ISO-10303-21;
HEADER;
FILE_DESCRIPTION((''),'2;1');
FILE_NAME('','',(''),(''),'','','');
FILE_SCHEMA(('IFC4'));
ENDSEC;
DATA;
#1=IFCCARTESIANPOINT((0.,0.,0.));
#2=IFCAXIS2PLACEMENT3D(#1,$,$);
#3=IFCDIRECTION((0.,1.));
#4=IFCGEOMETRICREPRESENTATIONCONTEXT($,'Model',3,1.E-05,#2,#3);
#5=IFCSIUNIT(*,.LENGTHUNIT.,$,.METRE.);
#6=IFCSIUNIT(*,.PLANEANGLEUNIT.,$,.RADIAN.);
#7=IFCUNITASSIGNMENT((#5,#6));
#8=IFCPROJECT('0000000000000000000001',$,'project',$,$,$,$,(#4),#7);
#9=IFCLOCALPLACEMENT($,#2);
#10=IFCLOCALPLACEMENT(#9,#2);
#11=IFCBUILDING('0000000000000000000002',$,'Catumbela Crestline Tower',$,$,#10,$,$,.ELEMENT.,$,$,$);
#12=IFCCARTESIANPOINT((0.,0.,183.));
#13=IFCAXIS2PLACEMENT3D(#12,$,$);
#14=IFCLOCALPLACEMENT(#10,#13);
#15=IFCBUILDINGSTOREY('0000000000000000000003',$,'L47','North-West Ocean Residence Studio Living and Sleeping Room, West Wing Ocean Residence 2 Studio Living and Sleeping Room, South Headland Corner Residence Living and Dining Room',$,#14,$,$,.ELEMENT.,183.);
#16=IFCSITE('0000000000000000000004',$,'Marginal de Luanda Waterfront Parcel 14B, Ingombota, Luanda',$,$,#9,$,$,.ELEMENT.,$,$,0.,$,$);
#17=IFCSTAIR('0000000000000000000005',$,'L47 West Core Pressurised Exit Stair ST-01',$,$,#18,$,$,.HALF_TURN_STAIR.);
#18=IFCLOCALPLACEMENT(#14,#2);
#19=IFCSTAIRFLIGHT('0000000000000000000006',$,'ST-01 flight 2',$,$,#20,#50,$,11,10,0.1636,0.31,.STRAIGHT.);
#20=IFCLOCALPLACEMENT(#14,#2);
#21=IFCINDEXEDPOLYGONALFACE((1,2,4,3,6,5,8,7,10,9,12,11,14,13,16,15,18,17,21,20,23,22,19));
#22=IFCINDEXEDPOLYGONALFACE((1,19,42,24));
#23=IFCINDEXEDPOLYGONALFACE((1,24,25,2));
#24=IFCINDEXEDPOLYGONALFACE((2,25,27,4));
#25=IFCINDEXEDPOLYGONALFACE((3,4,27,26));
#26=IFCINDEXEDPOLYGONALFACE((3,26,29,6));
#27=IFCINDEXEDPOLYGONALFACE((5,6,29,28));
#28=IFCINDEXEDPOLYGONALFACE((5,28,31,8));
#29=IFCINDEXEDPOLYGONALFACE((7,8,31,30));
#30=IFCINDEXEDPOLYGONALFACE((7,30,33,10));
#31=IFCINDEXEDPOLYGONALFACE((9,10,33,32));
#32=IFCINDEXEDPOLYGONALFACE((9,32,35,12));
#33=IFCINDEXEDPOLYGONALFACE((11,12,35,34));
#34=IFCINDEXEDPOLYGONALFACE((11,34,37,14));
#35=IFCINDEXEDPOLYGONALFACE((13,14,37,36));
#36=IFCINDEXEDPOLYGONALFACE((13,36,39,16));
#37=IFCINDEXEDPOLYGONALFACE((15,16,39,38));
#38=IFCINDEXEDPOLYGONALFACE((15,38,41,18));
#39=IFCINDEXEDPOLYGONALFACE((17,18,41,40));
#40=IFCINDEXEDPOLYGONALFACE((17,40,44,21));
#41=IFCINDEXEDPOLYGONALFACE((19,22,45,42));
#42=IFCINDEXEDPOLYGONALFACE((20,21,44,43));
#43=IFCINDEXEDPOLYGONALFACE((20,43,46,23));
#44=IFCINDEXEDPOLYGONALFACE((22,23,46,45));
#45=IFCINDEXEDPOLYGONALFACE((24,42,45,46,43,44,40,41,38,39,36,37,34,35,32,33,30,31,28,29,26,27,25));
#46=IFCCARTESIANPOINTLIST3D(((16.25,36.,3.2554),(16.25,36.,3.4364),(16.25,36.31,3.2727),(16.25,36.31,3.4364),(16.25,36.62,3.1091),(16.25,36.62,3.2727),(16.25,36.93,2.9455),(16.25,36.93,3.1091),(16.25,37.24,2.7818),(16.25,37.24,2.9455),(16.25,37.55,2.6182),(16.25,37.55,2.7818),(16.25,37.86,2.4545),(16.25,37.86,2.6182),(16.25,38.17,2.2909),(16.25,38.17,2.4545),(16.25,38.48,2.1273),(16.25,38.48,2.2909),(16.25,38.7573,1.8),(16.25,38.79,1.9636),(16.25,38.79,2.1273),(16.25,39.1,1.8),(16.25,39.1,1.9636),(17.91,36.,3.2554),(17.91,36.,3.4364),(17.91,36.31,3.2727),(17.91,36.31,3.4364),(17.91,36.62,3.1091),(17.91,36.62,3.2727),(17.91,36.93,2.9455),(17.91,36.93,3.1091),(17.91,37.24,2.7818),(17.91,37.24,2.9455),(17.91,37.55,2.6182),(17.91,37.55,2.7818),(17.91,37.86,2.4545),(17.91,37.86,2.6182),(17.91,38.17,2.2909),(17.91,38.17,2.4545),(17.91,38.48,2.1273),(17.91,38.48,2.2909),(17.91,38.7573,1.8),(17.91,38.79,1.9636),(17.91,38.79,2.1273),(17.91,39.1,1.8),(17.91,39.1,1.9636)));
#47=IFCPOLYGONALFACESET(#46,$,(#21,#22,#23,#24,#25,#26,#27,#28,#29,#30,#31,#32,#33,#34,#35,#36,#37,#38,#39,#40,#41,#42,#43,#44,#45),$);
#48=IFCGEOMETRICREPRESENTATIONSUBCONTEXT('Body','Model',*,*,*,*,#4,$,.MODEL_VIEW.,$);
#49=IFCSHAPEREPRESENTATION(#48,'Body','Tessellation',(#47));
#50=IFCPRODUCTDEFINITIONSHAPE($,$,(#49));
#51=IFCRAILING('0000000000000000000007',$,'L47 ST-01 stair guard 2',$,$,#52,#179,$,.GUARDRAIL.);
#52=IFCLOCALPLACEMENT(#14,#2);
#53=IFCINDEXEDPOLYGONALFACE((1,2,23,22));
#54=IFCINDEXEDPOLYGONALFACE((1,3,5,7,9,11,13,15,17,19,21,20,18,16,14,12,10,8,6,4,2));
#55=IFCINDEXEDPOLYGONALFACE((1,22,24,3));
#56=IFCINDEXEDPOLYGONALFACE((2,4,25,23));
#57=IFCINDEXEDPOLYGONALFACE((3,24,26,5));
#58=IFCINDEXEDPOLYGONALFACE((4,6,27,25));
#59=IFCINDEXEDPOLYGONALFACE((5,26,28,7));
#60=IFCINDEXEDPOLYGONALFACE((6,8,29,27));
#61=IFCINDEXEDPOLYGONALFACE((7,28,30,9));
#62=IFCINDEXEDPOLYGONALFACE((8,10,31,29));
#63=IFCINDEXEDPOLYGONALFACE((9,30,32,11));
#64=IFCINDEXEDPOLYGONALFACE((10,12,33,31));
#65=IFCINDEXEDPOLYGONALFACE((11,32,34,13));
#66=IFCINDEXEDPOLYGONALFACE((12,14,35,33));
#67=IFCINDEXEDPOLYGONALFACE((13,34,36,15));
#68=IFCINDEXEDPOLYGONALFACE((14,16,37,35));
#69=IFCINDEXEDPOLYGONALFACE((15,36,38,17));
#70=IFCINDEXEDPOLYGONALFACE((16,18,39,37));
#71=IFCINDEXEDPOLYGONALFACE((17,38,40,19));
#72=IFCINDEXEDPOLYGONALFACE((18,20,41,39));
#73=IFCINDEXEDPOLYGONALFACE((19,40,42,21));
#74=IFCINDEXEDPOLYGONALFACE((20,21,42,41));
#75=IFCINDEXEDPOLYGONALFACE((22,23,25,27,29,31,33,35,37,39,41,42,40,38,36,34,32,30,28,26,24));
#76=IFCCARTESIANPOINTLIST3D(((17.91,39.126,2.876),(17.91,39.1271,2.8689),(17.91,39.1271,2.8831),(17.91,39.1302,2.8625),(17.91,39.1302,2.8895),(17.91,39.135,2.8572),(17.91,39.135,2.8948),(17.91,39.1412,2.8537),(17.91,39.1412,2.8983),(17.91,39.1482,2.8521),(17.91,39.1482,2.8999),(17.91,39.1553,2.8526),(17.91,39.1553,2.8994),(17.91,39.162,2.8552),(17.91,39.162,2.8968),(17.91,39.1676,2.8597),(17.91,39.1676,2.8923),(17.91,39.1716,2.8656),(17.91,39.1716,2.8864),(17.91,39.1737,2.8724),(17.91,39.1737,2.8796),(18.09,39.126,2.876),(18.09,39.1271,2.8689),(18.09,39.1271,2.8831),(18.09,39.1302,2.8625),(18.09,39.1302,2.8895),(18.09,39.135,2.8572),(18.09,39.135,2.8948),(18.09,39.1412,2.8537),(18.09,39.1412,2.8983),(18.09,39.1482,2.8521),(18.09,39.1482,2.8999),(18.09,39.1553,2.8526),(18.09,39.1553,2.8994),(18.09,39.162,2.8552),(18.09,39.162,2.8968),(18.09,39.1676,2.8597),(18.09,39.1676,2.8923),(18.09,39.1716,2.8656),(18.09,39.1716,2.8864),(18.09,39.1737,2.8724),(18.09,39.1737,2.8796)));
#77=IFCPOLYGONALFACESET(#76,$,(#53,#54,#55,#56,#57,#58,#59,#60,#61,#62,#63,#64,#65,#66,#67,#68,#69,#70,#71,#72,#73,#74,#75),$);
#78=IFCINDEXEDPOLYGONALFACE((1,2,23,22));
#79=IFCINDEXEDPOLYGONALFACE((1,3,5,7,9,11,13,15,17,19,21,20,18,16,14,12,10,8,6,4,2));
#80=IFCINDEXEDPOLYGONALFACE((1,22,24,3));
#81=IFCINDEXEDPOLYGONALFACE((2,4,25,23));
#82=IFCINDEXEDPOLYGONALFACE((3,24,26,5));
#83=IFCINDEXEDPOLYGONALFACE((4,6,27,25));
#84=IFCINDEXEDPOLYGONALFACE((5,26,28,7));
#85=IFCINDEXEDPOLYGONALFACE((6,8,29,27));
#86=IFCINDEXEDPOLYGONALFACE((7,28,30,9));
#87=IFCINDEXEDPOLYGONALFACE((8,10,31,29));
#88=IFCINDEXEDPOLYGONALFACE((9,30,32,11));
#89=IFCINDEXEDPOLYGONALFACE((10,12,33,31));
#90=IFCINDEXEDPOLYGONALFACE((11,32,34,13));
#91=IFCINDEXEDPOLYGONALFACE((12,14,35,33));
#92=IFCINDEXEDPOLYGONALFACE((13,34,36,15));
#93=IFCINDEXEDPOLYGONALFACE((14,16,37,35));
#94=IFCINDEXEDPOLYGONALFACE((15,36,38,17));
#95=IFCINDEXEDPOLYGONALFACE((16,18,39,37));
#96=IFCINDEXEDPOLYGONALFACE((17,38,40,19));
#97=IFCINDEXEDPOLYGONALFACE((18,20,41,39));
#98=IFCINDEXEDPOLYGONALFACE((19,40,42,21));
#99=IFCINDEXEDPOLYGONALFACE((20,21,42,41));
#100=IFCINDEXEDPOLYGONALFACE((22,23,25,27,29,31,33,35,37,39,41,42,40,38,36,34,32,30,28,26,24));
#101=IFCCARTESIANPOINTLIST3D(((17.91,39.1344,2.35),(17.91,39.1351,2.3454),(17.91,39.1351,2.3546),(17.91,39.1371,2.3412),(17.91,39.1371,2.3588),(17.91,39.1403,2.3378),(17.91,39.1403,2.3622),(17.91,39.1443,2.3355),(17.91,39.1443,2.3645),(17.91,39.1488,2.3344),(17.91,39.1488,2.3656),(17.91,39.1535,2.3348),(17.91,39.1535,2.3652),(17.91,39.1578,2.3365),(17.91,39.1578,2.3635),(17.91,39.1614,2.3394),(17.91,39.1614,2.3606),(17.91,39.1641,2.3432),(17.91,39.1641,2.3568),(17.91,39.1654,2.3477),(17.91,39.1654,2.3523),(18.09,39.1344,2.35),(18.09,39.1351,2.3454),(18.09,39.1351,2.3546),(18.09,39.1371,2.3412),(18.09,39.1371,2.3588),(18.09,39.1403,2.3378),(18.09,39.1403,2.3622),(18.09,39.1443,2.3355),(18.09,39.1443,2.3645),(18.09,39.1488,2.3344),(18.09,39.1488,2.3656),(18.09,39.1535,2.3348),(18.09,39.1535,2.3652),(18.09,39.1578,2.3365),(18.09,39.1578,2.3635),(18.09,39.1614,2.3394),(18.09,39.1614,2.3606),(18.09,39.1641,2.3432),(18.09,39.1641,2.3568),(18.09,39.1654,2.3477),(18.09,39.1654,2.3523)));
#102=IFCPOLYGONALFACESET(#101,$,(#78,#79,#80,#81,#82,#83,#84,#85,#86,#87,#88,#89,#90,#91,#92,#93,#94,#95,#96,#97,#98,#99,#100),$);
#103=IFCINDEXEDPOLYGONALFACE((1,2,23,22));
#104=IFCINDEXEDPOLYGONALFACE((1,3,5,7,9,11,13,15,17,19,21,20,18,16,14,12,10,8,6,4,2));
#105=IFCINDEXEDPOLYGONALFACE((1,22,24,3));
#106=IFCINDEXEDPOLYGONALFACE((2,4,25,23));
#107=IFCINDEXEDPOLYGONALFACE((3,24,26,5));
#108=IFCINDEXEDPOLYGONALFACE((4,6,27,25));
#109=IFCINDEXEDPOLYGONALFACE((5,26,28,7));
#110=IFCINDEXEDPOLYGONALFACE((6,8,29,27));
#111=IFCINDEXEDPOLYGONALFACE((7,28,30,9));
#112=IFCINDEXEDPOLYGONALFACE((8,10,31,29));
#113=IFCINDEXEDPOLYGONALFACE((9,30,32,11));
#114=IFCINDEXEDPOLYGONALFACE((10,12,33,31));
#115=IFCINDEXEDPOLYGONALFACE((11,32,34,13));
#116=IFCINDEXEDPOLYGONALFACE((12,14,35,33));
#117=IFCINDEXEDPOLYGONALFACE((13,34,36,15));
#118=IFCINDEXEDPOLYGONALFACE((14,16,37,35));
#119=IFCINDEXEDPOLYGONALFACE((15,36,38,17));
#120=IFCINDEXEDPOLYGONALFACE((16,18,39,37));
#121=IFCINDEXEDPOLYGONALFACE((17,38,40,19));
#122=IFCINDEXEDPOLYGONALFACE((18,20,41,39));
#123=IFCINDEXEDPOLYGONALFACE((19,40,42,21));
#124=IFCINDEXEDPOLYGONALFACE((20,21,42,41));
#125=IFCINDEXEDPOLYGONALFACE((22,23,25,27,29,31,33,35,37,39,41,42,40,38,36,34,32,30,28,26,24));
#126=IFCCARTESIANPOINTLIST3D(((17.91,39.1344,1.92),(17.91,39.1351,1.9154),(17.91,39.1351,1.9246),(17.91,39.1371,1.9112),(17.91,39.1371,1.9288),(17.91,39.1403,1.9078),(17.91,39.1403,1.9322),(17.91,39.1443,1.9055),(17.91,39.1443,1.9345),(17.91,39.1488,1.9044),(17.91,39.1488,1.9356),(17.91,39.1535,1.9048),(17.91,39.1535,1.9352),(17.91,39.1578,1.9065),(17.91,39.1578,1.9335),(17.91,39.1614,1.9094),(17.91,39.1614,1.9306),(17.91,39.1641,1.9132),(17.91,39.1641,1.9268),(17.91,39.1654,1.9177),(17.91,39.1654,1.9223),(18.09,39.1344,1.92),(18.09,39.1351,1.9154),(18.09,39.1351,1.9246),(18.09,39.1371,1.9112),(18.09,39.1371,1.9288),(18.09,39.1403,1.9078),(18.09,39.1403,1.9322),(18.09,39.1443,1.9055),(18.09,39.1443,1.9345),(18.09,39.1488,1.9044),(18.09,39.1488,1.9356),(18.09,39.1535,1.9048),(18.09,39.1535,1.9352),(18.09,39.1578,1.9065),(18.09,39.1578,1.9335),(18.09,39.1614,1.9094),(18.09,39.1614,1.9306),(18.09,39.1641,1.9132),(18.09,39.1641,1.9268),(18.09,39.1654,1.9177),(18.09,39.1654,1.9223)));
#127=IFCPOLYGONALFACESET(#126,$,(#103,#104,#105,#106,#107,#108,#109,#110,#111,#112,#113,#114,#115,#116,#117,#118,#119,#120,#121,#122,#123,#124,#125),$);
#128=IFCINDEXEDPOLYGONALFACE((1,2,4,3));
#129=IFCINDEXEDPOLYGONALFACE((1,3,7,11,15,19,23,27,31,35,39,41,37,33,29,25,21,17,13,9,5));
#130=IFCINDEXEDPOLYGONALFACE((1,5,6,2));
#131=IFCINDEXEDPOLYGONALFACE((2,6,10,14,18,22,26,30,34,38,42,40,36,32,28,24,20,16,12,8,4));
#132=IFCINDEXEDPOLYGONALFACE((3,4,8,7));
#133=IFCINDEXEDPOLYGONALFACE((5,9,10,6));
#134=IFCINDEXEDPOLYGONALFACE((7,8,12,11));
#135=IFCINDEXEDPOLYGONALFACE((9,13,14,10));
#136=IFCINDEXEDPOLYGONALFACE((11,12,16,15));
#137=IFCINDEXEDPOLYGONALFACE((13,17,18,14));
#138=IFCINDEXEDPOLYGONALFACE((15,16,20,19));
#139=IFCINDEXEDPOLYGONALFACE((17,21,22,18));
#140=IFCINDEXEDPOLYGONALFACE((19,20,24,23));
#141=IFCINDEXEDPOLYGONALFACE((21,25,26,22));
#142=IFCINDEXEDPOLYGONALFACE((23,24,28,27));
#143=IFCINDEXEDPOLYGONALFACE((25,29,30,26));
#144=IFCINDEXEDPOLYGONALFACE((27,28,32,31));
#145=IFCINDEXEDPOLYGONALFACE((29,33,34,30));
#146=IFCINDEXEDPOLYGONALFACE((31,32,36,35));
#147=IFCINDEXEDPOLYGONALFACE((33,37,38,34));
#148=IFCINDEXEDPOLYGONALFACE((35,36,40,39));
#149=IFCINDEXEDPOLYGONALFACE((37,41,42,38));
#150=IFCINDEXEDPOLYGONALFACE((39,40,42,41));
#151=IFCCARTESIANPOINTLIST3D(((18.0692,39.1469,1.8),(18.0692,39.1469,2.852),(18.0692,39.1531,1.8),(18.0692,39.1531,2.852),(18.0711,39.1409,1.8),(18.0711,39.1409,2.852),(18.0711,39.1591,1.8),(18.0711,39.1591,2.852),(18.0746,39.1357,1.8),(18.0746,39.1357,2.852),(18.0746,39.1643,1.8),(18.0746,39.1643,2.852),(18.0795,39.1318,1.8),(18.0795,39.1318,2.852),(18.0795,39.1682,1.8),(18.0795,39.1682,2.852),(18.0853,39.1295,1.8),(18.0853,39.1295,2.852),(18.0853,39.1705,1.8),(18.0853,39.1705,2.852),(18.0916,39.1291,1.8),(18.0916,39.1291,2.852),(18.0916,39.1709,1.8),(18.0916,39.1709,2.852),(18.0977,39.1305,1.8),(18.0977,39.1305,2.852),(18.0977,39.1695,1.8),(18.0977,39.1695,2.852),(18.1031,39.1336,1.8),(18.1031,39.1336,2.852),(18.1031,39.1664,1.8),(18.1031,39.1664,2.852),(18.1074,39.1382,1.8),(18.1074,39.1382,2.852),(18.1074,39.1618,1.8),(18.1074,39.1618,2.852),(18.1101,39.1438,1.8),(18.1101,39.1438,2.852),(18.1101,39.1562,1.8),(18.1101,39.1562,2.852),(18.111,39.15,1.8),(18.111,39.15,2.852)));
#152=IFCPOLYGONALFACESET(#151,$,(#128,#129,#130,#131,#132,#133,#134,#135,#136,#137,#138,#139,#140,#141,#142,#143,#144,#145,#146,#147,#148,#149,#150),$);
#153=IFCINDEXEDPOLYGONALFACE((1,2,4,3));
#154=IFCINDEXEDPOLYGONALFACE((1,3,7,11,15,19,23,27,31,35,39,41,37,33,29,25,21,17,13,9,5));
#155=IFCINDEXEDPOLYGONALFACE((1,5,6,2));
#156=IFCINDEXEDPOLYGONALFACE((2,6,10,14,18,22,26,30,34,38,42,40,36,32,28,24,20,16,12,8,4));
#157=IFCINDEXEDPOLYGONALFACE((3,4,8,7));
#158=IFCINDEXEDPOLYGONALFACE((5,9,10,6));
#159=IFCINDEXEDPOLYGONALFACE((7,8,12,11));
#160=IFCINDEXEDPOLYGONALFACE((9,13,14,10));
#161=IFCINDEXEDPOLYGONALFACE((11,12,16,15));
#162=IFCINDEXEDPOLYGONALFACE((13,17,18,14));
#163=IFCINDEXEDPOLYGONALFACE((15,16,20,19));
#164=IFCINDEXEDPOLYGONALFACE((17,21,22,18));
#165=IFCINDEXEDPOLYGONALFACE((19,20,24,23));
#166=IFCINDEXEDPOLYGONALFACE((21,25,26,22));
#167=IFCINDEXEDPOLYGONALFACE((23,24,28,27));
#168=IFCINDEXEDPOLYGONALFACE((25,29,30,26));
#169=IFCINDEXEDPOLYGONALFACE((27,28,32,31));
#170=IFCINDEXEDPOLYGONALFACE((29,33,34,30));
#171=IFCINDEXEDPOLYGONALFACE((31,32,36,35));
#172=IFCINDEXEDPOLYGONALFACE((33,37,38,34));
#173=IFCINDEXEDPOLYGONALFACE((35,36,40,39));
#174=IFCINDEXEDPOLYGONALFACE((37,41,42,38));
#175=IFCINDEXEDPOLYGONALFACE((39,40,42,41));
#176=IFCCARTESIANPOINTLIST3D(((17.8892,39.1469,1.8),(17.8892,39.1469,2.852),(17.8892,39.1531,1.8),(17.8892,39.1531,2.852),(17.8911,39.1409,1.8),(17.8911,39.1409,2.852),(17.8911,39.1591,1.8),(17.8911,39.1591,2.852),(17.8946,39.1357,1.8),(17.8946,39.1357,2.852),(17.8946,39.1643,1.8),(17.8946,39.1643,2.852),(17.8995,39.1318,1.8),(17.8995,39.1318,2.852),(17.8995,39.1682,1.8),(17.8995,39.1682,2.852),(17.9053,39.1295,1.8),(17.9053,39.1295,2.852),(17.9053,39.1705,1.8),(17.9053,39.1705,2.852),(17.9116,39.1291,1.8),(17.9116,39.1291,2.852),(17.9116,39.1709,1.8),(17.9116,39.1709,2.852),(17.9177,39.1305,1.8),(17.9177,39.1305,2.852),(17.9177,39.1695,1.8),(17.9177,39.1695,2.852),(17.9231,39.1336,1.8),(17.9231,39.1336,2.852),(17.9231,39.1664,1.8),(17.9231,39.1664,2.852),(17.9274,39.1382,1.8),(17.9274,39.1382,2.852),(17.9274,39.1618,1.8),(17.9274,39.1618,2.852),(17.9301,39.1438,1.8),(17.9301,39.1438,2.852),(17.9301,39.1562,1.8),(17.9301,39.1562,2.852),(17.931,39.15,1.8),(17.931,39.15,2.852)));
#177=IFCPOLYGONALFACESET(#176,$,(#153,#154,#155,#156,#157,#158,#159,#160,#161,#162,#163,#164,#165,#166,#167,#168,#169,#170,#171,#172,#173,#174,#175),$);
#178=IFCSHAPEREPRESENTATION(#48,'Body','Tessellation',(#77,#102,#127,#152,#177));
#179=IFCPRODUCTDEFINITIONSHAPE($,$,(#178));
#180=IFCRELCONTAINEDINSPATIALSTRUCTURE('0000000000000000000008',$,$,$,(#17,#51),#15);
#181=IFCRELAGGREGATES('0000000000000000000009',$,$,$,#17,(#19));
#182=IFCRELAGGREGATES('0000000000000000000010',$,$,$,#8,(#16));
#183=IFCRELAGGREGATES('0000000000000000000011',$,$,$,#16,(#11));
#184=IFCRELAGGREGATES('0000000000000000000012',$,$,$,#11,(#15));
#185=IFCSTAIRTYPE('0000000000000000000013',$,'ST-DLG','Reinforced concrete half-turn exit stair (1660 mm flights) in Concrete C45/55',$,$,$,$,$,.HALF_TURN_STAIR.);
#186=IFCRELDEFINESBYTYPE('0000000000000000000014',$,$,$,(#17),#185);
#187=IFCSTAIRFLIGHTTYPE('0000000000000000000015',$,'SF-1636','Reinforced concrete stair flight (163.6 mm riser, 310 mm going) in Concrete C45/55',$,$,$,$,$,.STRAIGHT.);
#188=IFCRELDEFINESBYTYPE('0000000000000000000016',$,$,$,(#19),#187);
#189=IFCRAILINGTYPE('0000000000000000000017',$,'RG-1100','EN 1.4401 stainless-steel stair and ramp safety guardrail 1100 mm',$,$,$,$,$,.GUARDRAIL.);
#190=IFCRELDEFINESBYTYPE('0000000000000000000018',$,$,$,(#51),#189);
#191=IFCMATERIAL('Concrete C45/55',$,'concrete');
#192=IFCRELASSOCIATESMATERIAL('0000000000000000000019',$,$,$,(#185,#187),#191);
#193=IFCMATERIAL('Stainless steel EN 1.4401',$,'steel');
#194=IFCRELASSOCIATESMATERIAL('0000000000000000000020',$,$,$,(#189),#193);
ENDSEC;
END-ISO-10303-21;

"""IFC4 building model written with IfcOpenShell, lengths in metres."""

from ifc_helpers import new_model, si_unit, direction, frame, origin, origin_2d, place, context, subcontext, project, spatial, polyline, circle, outline, extrude, material, type_object, element, aggregate, save


model = new_model("IFC4")

# Units and contexts
model_context = context("Model", 3, precision=1e-05, world=origin(), true_north=direction((0.0, 1.0)))
body_context = subcontext(model_context, "Body", "Model", "MODEL_VIEW")
ifc_project = project(units=[si_unit("LENGTHUNIT", "METRE"), si_unit("PLANEANGLEUNIT", "RADIAN")], contexts=[model_context])

# Site, building, storey
site_placement = place(None, origin())
site = spatial("IfcSite", under=ifc_project, at=site_placement, Name="Marginal de Luanda Waterfront Parcel 14B, Ingombota, Luanda", CompositionType="ELEMENT", RefElevation=0.0)
building_placement = place(site_placement, origin())
building = spatial("IfcBuilding", under=site, at=building_placement, Name="Catumbela Crestline Tower", CompositionType="ELEMENT")
storey_placement = place(building_placement, frame((0.0, 0.0, 183.0)))
storey = spatial("IfcBuildingStorey", under=building, at=storey_placement, Name="L47", Description="North-West Ocean Residence Studio Living and Sleeping Room, West Wing Ocean Residence 2 Studio Living and Sleeping Room, South Headland Corner Residence Living and Dining Room", CompositionType="ELEMENT", Elevation=183.0)

# Stair, stair flight
ifc_material_1 = material(Name="Concrete C45/55", Category="concrete")
stair_type = type_object("IfcStairType", Name="ST-DLG", Description="Reinforced concrete half-turn exit stair (1660 mm flights) in Concrete C45/55", PredefinedType="HALF_TURN_STAIR", material=ifc_material_1)
stair_placement = place(storey_placement, origin())
stair = element("IfcStair", 1, at=stair_placement, inside=storey, type_object=stair_type, Name="L47 West Core Pressurised Exit Stair ST-01", PredefinedType="HALF_TURN_STAIR")
stair_flight_type = type_object("IfcStairFlightType", Name="SF-1636", Description="Reinforced concrete stair flight (163.6 mm riser, 310 mm going) in Concrete C45/55", PredefinedType="STRAIGHT", material=ifc_material_1)
stair_flight_placement = place(storey_placement, frame((17.08, 39.1, 1.8), z_axis=(0.0, 0.0, 1.0), x_axis=(0.0, -1.0, 0.0)))
stair_flight = element("IfcStairFlight", 2, at=stair_flight_placement, type_object=stair_flight_type, Name="ST-01 flight 2", NumberOfRisers=11, NumberOfTreads=10, PredefinedType="STRAIGHT", RiserHeight=0.1636, TreadLength=0.31, context=body_context, shape_type="SweptSolid", body=[
    extrude(outline(polyline([(0.0, 0.0), (0.0, 0.1636), (0.31, 0.1636), (0.31, 0.3273), (0.62, 0.3273), (0.62, 0.4909), (0.93, 0.4909), (0.93, 0.6545), (1.24, 0.6545), (1.24, 0.8182), (1.55, 0.8182), (1.55, 0.9818), (1.86, 0.9818), (1.86, 1.1455), (2.17, 1.1455), (2.17, 1.3091), (2.48, 1.3091), (2.48, 1.4727), (2.79, 1.4727), (2.79, 1.6364), (3.1, 1.6364), (3.1, 1.8), (3.1, 1.4554), (0.3427, 0.0), (0.0, 0.0)])), frame((0.0, 0.83, 0.0), z_axis=(0.0, -1.0, 0.0), x_axis=(1.0, 0.0, 0.0)), (0.0, 0.0, 1.0), 1.66),
])
aggregate(stair, [stair_flight])

# Railing
ifc_material_2 = material(Name="Stainless steel EN 1.4401", Category="steel")
railing_type = type_object("IfcRailingType", Name="RG-1100", Description="EN 1.4401 stainless-steel stair and ramp safety guardrail 1100 mm", PredefinedType="GUARDRAIL", material=ifc_material_2)
railing_1_placement = place(storey_placement, frame((18.09, 39.15, 1.8)))
element("IfcRailing", 3, at=railing_1_placement, inside=storey, type_object=railing_type, Name="L47 ST-01 stair guard 2", PredefinedType="GUARDRAIL", context=body_context, shape_type="SweptSolid", body=[
    extrude(circle(Radius=0.024, at=origin_2d()), frame((0.0, 0.0, 1.076), z_axis=(-1.0, 0.0, 0.0), x_axis=(0.0, -1.0, 0.0)), (0.0, 0.0, 1.0), 0.18),
    extrude(circle(Radius=0.0156, at=origin_2d()), frame((0.0, 0.0, 0.55), z_axis=(-1.0, 0.0, 0.0), x_axis=(0.0, -1.0, 0.0)), (0.0, 0.0, 1.0), 0.18),
    extrude(circle(Radius=0.0156, at=origin_2d()), frame((0.0, 0.0, 0.12), z_axis=(-1.0, 0.0, 0.0), x_axis=(0.0, -1.0, 0.0)), (0.0, 0.0, 1.0), 0.18),
    extrude(circle(Radius=0.021, at=origin_2d()), origin(), (0.0, 0.0, 1.0), 1.052),
    extrude(circle(Radius=0.021, at=origin_2d()), frame((-0.18, 0.0, 0.0)), (0.0, 0.0, 1.0), 1.052),
])

save(model, "model.ifc")
